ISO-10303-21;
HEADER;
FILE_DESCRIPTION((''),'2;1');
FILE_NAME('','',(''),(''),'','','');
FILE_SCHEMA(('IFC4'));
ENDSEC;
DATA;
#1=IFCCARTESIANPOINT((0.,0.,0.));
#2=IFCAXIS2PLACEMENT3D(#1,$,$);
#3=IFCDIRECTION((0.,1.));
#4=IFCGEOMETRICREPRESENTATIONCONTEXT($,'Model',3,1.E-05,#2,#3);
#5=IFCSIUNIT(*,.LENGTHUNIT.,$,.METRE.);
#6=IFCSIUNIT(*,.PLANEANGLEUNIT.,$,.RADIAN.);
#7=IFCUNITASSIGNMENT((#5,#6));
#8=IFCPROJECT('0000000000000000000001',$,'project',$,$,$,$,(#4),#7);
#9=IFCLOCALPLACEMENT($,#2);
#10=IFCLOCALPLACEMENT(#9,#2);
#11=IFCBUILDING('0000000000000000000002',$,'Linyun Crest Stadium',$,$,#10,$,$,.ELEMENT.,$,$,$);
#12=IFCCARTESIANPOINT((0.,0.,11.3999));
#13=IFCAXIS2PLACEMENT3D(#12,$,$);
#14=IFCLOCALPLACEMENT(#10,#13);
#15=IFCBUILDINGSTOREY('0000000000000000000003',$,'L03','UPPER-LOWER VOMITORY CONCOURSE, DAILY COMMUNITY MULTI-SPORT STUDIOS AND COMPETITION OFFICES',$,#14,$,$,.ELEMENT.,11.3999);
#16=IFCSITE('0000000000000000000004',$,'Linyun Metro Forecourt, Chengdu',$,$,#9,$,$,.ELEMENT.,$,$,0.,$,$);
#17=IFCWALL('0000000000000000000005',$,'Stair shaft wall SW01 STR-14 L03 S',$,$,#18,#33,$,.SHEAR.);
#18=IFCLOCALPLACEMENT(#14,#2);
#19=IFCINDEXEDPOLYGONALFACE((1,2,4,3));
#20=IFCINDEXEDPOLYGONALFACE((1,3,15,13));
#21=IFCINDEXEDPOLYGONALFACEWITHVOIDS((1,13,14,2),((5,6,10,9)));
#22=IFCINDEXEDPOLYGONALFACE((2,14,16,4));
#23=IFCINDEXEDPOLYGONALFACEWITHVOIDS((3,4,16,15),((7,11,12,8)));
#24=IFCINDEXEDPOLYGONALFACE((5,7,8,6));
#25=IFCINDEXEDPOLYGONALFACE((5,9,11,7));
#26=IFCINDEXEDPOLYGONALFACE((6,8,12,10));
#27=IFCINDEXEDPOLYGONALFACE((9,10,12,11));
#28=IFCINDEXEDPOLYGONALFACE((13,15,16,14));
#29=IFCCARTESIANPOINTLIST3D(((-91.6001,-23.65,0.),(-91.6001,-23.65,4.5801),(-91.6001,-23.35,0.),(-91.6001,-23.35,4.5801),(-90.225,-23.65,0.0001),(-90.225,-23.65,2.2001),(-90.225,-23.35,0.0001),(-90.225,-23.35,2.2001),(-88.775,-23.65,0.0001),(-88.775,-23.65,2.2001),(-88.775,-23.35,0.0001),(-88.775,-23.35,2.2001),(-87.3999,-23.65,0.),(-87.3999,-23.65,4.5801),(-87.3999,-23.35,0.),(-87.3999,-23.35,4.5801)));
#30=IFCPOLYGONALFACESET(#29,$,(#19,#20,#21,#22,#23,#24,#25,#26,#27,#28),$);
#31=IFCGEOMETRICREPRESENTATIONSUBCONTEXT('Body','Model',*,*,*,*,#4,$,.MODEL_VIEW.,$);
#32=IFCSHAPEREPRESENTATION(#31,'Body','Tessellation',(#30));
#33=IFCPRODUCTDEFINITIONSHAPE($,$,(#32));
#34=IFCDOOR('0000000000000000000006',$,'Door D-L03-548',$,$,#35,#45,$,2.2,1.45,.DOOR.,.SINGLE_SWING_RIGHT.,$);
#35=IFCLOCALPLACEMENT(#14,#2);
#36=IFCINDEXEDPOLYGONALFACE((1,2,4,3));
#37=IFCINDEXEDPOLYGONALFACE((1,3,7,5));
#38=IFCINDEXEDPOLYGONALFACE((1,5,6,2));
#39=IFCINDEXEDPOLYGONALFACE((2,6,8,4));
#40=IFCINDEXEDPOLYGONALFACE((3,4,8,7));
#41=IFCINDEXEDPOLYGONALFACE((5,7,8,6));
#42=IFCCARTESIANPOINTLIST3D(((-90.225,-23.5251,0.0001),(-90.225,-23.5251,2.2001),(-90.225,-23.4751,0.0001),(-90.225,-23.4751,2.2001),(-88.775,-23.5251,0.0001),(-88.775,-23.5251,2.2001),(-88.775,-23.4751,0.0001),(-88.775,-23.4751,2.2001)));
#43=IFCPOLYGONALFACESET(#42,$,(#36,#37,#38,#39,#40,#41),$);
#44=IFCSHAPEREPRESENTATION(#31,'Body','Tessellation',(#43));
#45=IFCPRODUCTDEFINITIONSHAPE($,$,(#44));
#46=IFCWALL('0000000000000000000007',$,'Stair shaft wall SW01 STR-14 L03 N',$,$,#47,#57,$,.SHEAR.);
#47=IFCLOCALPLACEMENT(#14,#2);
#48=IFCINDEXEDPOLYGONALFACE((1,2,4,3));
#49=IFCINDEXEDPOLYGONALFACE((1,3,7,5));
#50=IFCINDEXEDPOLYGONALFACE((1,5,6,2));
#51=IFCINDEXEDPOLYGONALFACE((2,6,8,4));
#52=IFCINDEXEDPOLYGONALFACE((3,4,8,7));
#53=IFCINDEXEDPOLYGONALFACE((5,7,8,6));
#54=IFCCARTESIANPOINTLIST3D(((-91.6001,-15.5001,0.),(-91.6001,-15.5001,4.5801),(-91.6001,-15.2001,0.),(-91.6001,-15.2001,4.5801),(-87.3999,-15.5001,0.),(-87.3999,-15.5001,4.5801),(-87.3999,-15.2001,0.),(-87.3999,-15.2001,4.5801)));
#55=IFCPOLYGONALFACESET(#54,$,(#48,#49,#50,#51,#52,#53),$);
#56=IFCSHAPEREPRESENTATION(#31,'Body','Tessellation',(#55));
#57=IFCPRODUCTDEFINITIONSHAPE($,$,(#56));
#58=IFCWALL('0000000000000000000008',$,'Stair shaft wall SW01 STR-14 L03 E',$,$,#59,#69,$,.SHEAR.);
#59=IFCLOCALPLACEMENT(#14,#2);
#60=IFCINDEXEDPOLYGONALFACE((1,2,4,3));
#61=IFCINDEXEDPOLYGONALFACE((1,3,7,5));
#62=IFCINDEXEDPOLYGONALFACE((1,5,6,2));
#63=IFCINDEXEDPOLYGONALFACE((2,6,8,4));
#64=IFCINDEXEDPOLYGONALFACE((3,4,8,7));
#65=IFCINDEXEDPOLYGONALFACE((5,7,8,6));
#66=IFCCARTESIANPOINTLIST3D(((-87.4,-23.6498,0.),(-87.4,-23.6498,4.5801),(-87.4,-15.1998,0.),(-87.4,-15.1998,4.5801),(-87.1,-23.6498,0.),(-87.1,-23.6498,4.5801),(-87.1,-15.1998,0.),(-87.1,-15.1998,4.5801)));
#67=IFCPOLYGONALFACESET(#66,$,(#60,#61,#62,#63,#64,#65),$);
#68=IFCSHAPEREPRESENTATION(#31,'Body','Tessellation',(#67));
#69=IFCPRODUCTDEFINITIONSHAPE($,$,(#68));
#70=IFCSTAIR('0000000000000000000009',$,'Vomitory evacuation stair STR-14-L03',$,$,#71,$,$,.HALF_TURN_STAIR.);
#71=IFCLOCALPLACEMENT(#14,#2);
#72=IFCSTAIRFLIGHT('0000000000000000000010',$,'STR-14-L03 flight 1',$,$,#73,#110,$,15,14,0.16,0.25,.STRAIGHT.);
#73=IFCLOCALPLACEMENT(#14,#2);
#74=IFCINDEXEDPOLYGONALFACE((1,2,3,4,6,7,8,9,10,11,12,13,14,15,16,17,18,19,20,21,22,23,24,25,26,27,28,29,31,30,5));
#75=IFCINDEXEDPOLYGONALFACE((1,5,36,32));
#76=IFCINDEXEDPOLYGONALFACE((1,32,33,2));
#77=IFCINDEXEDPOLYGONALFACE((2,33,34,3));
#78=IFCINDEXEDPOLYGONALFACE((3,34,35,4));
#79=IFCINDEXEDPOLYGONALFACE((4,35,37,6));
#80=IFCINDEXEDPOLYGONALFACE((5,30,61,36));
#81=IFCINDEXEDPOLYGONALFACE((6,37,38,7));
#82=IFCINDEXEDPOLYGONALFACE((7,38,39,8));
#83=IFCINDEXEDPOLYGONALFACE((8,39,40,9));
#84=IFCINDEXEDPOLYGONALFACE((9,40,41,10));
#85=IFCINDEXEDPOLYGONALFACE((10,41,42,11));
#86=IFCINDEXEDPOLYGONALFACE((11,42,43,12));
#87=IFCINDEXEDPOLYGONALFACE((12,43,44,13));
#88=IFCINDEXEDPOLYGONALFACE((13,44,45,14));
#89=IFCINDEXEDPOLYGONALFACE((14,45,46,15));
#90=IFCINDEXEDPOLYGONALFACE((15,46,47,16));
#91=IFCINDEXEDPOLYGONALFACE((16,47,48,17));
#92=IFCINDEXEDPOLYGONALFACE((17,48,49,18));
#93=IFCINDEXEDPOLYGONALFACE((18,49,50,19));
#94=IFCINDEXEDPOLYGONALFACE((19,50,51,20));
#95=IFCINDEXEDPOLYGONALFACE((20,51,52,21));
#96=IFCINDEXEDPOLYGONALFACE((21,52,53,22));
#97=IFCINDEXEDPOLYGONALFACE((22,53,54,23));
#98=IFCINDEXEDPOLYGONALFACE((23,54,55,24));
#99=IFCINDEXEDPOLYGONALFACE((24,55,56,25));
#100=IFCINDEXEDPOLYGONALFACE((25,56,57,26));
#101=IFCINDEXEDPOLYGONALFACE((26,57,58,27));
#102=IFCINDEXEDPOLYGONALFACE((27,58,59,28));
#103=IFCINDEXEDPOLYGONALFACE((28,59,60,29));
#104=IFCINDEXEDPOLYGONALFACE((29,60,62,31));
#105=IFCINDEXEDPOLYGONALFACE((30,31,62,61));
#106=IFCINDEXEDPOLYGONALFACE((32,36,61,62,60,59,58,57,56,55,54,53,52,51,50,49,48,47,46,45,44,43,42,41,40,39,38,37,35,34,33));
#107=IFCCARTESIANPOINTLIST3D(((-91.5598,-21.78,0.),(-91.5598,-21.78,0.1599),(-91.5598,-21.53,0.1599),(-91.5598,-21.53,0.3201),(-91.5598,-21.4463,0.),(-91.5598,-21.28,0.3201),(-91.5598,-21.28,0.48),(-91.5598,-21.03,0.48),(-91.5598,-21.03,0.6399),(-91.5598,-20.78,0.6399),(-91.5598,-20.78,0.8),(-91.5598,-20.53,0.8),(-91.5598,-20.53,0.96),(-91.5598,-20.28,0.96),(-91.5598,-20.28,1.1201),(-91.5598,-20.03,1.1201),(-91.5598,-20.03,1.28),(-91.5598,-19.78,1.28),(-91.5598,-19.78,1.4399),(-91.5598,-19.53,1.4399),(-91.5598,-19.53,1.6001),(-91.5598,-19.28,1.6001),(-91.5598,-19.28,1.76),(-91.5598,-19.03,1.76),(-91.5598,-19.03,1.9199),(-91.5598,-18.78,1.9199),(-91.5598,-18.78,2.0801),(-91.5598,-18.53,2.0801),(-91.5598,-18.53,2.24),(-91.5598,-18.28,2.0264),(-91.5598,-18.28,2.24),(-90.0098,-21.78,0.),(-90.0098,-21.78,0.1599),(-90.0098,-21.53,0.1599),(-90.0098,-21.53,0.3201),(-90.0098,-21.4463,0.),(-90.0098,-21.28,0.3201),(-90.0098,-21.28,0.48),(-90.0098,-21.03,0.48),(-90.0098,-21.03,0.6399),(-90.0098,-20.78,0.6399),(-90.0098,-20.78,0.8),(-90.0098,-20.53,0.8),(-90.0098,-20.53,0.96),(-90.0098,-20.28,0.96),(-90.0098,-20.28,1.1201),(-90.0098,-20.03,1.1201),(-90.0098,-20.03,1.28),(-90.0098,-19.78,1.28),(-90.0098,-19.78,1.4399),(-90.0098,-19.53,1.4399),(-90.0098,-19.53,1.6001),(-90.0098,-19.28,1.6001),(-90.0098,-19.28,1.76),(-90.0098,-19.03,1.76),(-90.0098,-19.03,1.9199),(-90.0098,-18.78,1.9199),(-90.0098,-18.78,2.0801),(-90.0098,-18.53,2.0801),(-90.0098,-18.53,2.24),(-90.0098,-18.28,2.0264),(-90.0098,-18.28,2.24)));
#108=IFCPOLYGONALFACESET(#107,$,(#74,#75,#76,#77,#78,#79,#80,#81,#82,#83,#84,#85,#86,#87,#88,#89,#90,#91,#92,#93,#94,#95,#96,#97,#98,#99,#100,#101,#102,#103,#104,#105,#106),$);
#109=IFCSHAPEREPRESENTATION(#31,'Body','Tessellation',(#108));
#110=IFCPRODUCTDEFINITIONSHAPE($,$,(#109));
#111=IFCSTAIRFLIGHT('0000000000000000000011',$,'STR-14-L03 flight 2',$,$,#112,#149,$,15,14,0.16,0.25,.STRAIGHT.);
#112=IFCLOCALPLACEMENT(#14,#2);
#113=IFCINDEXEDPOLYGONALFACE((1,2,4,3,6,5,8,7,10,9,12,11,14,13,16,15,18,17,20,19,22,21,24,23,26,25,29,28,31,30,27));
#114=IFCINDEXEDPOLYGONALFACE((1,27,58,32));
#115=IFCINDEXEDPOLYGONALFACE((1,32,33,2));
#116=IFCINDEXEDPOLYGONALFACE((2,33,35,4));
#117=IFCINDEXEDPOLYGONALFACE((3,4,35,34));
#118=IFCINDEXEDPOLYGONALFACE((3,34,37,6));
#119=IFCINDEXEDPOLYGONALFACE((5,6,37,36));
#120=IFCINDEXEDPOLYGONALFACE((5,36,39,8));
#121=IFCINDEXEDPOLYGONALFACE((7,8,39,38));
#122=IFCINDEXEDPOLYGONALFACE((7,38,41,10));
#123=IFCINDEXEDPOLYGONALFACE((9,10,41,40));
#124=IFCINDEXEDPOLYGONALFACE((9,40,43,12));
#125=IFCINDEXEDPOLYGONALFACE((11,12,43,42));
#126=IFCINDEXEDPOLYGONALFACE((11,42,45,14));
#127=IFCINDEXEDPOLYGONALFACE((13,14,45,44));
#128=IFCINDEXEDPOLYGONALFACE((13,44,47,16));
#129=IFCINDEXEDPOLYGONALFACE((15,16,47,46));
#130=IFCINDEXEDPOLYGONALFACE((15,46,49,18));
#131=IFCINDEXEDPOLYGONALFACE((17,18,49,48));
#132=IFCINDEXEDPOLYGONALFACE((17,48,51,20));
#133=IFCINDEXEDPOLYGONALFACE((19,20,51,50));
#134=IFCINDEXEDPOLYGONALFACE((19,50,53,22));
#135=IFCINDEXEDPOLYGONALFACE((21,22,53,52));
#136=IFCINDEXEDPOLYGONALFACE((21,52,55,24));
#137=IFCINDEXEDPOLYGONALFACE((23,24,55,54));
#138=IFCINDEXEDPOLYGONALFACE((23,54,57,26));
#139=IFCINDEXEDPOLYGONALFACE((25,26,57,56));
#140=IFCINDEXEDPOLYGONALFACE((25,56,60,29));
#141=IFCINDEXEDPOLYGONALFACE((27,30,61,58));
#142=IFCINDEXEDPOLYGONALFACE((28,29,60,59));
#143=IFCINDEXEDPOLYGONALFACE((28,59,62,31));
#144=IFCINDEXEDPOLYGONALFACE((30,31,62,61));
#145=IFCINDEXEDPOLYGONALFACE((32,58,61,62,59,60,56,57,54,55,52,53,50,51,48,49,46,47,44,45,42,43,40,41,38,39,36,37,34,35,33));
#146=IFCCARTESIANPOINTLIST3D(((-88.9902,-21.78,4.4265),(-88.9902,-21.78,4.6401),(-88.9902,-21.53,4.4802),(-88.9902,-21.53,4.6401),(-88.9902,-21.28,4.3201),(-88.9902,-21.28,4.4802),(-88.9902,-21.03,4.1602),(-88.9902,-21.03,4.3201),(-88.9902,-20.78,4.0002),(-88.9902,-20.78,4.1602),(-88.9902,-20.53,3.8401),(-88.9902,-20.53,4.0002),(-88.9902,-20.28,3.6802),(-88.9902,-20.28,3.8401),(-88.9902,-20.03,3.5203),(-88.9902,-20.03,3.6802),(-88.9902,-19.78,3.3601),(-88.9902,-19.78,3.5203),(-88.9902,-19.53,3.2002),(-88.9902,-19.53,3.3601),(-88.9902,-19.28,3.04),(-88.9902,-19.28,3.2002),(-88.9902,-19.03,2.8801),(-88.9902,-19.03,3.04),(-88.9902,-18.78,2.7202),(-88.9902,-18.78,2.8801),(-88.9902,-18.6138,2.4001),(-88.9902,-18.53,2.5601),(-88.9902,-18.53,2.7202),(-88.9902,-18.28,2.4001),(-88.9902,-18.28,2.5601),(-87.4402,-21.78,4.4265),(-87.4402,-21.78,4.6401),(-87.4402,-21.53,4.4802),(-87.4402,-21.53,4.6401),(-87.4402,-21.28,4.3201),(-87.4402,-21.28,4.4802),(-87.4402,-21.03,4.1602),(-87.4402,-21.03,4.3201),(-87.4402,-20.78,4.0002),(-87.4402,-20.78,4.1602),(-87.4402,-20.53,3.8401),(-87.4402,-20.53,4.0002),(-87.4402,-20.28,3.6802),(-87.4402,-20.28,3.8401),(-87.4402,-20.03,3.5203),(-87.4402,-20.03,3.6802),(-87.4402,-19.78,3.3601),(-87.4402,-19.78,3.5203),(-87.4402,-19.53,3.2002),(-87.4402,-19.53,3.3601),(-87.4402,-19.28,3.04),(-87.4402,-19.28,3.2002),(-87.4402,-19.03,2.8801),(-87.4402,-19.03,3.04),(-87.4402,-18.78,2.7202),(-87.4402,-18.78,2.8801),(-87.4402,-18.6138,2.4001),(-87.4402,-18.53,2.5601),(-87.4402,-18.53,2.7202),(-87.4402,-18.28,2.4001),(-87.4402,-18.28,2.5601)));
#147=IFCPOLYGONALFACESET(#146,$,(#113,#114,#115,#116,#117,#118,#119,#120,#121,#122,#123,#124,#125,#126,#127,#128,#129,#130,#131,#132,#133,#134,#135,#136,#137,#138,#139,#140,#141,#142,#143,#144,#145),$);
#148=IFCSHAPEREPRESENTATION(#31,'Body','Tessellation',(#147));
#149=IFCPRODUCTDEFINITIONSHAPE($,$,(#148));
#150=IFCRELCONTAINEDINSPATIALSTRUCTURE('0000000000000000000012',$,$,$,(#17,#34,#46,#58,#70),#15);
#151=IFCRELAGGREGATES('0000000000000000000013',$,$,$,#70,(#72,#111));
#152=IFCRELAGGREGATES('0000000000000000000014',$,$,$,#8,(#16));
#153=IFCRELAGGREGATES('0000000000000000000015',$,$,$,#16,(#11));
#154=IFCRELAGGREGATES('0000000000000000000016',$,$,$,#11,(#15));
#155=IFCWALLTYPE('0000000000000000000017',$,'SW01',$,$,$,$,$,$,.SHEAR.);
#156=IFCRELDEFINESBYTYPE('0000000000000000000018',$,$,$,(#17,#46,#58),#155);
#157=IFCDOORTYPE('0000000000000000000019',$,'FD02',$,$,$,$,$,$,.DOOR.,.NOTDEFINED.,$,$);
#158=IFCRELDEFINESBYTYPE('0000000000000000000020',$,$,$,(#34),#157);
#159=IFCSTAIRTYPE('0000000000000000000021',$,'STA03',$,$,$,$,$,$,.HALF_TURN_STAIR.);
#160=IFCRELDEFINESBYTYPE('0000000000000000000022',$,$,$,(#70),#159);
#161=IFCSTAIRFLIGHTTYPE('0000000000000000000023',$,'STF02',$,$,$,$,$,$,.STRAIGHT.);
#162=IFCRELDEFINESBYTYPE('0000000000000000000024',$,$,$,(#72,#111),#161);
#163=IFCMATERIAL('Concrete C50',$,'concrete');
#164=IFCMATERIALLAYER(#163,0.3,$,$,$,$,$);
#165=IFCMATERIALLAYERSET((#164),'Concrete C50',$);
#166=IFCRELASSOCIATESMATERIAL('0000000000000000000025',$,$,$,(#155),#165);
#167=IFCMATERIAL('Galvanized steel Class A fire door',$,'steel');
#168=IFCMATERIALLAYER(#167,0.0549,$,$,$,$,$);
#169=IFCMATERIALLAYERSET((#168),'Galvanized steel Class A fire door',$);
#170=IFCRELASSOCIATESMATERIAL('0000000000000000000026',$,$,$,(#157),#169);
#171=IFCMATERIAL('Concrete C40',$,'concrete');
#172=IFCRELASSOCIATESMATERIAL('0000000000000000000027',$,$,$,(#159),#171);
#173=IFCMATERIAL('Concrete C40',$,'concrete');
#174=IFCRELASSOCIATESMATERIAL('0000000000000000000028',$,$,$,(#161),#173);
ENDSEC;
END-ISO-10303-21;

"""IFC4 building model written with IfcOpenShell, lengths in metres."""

from ifc_helpers import new_model, si_unit, direction, frame, frame_2d, origin, place, context, subcontext, project, spatial, polyline, rectangle, outline, extrude, material, layer, layer_set, type_object, element, fill, aggregate, save


model = new_model("IFC4")

# Units and contexts
model_context = context("Model", 3, precision=1e-05, world=origin(), true_north=direction((0.0, 1.0)))
body_context = subcontext(model_context, "Body", "Model", "MODEL_VIEW")
ifc_project = project(units=[si_unit("LENGTHUNIT", "METRE"), si_unit("PLANEANGLEUNIT", "RADIAN")], contexts=[model_context])

# Site, building, storey
site_placement = place(None, origin())
site = spatial("IfcSite", under=ifc_project, at=site_placement, Name="Linyun Metro Forecourt, Chengdu", CompositionType="ELEMENT", RefElevation=0.0)
building_placement = place(site_placement, origin())
building = spatial("IfcBuilding", under=site, at=building_placement, Name="Linyun Crest Stadium", CompositionType="ELEMENT")
storey_placement = place(building_placement, frame((0.0, 0.0, 11.3999)))
storey = spatial("IfcBuildingStorey", under=building, at=storey_placement, Name="L03", Description="UPPER-LOWER VOMITORY CONCOURSE, DAILY COMMUNITY MULTI-SPORT STUDIOS AND COMPETITION OFFICES", CompositionType="ELEMENT", Elevation=11.3999)

# Wall, opening, door
ifc_material_1 = material(Name="Concrete C50", Category="concrete")
ifc_layer_1 = layer(ifc_material_1, 0.3)
ifc_layer_set_1 = layer_set([ifc_layer_1], Name="Concrete C50")
wall_type = type_object("IfcWallType", Name="SW01", PredefinedType="SHEAR", material=ifc_layer_set_1)
wall_1_placement = place(storey_placement, frame((-91.6001, -23.5, 0.0), z_axis=(0.0, 0.0, 1.0), x_axis=(1.0, 0.0, 0.0)))
wall_1 = element("IfcWall", 1, at=wall_1_placement, inside=storey, type_object=wall_type, Name="Stair shaft wall SW01 STR-14 L03 S", PredefinedType="SHEAR", context=body_context, shape_type="SweptSolid", body=[
    extrude(rectangle(XDim=4.2002, YDim=0.3, at=frame_2d((2.1001, 0.0))), origin(), (0.0, 0.0, 1.0), 4.5801),
])
opening_placement = place(wall_1_placement, frame((1.375, 0.0, 0.0)))
opening = element("IfcOpeningElement", 2, at=opening_placement, cuts=wall_1, PredefinedType="OPENING", context=body_context, shape_type="SweptSolid", body=[
    extrude(rectangle(XDim=1.45, YDim=2.2, at=frame_2d((0.7251, 1.1001))), frame((0.0, 0.1599, 0.0), z_axis=(0.0, -1.0, 0.0), x_axis=(1.0, 0.0, 0.0)), (0.0, 0.0, 1.0), 0.3201),
])
ifc_material_2 = material(Name="Galvanized steel Class A fire door", Category="steel")
ifc_layer_2 = layer(ifc_material_2, 0.0549)
ifc_layer_set_2 = layer_set([ifc_layer_2], Name="Galvanized steel Class A fire door")
door_type = type_object("IfcDoorType", Name="FD02", OperationType="NOTDEFINED", PredefinedType="DOOR", material=ifc_layer_set_2)
door_placement = place(opening_placement, origin())
door = element("IfcDoor", 3, at=door_placement, inside=storey, type_object=door_type, Name="Door D-L03-548", OperationType="SINGLE_SWING_RIGHT", OverallHeight=2.2, OverallWidth=1.45, PredefinedType="DOOR", context=body_context, shape_type="SweptSolid", body=[
    extrude(rectangle(XDim=1.45, YDim=2.2, at=frame_2d((0.7251, 1.1001))), frame((0.0, 0.0249, 0.0), z_axis=(0.0, -1.0, 0.0), x_axis=(1.0, 0.0, 0.0)), (0.0, 0.0, 1.0), 0.05),
])
fill(opening, door)

# Walls
wall_2_placement = place(storey_placement, frame((-91.6001, -15.3501, 0.0), z_axis=(0.0, 0.0, 1.0), x_axis=(1.0, 0.0, 0.0)))
element("IfcWall", 4, at=wall_2_placement, inside=storey, type_object=wall_type, Name="Stair shaft wall SW01 STR-14 L03 N", PredefinedType="SHEAR", context=body_context, shape_type="SweptSolid", body=[
    extrude(rectangle(XDim=4.2002, YDim=0.3, at=frame_2d((2.1001, 0.0))), origin(), (0.0, 0.0, 1.0), 4.5801),
])
wall_3_placement = place(storey_placement, frame((-87.25, -23.6499, 0.0), z_axis=(0.0, 0.0, 1.0), x_axis=(0.0, 1.0, 0.0)))
element("IfcWall", 5, at=wall_3_placement, inside=storey, type_object=wall_type, Name="Stair shaft wall SW01 STR-14 L03 E", PredefinedType="SHEAR", context=body_context, shape_type="SweptSolid", body=[
    extrude(rectangle(XDim=8.45, YDim=0.3, at=frame_2d((4.2251, 0.0))), origin(), (0.0, 0.0, 1.0), 4.5801),
])

# Stair, stair flights
ifc_material_3 = material(Name="Concrete C40", Category="concrete")
stair_type = type_object("IfcStairType", Name="STA03", PredefinedType="HALF_TURN_STAIR", material=ifc_material_3)
stair_placement = place(storey_placement, origin())
stair = element("IfcStair", 6, at=stair_placement, inside=storey, type_object=stair_type, Name="Vomitory evacuation stair STR-14-L03", PredefinedType="HALF_TURN_STAIR")
ifc_material_4 = material(Name="Concrete C40", Category="concrete")
stair_flight_type = type_object("IfcStairFlightType", Name="STF02", PredefinedType="STRAIGHT", material=ifc_material_4)
stair_flight_1_placement = place(storey_placement, frame((-90.7849, -21.78, 0.0), z_axis=(0.0, 0.0, 1.0), x_axis=(0.0, 1.0, 0.0)))
stair_flight_1 = element("IfcStairFlight", 7, at=stair_flight_1_placement, type_object=stair_flight_type, Name="STR-14-L03 flight 1", NumberOfRisers=15, NumberOfTreads=14, PredefinedType="STRAIGHT", RiserHeight=0.16, TreadLength=0.25, context=body_context, shape_type="SweptSolid", body=[
    extrude(outline(polyline([(0.0, 0.0), (0.0, 0.1599), (0.25, 0.1599), (0.25, 0.3201), (0.5, 0.3201), (0.5, 0.48), (0.75, 0.48), (0.75, 0.6399), (1.0, 0.6399), (1.0, 0.8), (1.25, 0.8), (1.25, 0.96), (1.5, 0.96), (1.5, 1.1201), (1.75, 1.1201), (1.75, 1.28), (2.0, 1.28), (2.0, 1.4399), (2.25, 1.4399), (2.25, 1.6001), (2.5, 1.6001), (2.5, 1.76), (2.75, 1.76), (2.75, 1.9199), (3.0, 1.9199), (3.0, 2.0801), (3.25, 2.0801), (3.25, 2.24), (3.5, 2.24), (3.5, 2.3999), (3.5, 2.0264), (0.3337, 0.0), (0.0, 0.0)])), frame((0.0, 0.7749, 0.0), z_axis=(0.0, -1.0, 0.0), x_axis=(1.0, 0.0, 0.0)), (0.0, 0.0, 1.0), 1.55),
])
stair_flight_2_placement = place(storey_placement, frame((-88.2151, -18.28, 2.4001), z_axis=(0.0, 0.0, 1.0), x_axis=(0.0, -1.0, 0.0)))
stair_flight_2 = element("IfcStairFlight", 8, at=stair_flight_2_placement, type_object=stair_flight_type, Name="STR-14-L03 flight 2", NumberOfRisers=15, NumberOfTreads=14, PredefinedType="STRAIGHT", RiserHeight=0.16, TreadLength=0.25, context=body_context, shape_type="SweptSolid", body=[
    extrude(outline(polyline([(0.0, 0.0), (0.0, 0.1599), (0.25, 0.1599), (0.25, 0.3201), (0.5, 0.3201), (0.5, 0.48), (0.75, 0.48), (0.75, 0.6399), (1.0, 0.6399), (1.0, 0.8), (1.25, 0.8), (1.25, 0.96), (1.5, 0.96), (1.5, 1.1201), (1.75, 1.1201), (1.75, 1.28), (2.0, 1.28), (2.0, 1.4399), (2.25, 1.4399), (2.25, 1.6001), (2.5, 1.6001), (2.5, 1.76), (2.75, 1.76), (2.75, 1.9199), (3.0, 1.9199), (3.0, 2.0801), (3.25, 2.0801), (3.25, 2.24), (3.5, 2.24), (3.5, 2.3999), (3.5, 2.0264), (0.3337, 0.0), (0.0, 0.0)])), frame((0.0, 0.7749, 0.0), z_axis=(0.0, -1.0, 0.0), x_axis=(1.0, 0.0, 0.0)), (0.0, 0.0, 1.0), 1.55),
])
aggregate(stair, [stair_flight_1, stair_flight_2])

save(model, "model.ifc")
